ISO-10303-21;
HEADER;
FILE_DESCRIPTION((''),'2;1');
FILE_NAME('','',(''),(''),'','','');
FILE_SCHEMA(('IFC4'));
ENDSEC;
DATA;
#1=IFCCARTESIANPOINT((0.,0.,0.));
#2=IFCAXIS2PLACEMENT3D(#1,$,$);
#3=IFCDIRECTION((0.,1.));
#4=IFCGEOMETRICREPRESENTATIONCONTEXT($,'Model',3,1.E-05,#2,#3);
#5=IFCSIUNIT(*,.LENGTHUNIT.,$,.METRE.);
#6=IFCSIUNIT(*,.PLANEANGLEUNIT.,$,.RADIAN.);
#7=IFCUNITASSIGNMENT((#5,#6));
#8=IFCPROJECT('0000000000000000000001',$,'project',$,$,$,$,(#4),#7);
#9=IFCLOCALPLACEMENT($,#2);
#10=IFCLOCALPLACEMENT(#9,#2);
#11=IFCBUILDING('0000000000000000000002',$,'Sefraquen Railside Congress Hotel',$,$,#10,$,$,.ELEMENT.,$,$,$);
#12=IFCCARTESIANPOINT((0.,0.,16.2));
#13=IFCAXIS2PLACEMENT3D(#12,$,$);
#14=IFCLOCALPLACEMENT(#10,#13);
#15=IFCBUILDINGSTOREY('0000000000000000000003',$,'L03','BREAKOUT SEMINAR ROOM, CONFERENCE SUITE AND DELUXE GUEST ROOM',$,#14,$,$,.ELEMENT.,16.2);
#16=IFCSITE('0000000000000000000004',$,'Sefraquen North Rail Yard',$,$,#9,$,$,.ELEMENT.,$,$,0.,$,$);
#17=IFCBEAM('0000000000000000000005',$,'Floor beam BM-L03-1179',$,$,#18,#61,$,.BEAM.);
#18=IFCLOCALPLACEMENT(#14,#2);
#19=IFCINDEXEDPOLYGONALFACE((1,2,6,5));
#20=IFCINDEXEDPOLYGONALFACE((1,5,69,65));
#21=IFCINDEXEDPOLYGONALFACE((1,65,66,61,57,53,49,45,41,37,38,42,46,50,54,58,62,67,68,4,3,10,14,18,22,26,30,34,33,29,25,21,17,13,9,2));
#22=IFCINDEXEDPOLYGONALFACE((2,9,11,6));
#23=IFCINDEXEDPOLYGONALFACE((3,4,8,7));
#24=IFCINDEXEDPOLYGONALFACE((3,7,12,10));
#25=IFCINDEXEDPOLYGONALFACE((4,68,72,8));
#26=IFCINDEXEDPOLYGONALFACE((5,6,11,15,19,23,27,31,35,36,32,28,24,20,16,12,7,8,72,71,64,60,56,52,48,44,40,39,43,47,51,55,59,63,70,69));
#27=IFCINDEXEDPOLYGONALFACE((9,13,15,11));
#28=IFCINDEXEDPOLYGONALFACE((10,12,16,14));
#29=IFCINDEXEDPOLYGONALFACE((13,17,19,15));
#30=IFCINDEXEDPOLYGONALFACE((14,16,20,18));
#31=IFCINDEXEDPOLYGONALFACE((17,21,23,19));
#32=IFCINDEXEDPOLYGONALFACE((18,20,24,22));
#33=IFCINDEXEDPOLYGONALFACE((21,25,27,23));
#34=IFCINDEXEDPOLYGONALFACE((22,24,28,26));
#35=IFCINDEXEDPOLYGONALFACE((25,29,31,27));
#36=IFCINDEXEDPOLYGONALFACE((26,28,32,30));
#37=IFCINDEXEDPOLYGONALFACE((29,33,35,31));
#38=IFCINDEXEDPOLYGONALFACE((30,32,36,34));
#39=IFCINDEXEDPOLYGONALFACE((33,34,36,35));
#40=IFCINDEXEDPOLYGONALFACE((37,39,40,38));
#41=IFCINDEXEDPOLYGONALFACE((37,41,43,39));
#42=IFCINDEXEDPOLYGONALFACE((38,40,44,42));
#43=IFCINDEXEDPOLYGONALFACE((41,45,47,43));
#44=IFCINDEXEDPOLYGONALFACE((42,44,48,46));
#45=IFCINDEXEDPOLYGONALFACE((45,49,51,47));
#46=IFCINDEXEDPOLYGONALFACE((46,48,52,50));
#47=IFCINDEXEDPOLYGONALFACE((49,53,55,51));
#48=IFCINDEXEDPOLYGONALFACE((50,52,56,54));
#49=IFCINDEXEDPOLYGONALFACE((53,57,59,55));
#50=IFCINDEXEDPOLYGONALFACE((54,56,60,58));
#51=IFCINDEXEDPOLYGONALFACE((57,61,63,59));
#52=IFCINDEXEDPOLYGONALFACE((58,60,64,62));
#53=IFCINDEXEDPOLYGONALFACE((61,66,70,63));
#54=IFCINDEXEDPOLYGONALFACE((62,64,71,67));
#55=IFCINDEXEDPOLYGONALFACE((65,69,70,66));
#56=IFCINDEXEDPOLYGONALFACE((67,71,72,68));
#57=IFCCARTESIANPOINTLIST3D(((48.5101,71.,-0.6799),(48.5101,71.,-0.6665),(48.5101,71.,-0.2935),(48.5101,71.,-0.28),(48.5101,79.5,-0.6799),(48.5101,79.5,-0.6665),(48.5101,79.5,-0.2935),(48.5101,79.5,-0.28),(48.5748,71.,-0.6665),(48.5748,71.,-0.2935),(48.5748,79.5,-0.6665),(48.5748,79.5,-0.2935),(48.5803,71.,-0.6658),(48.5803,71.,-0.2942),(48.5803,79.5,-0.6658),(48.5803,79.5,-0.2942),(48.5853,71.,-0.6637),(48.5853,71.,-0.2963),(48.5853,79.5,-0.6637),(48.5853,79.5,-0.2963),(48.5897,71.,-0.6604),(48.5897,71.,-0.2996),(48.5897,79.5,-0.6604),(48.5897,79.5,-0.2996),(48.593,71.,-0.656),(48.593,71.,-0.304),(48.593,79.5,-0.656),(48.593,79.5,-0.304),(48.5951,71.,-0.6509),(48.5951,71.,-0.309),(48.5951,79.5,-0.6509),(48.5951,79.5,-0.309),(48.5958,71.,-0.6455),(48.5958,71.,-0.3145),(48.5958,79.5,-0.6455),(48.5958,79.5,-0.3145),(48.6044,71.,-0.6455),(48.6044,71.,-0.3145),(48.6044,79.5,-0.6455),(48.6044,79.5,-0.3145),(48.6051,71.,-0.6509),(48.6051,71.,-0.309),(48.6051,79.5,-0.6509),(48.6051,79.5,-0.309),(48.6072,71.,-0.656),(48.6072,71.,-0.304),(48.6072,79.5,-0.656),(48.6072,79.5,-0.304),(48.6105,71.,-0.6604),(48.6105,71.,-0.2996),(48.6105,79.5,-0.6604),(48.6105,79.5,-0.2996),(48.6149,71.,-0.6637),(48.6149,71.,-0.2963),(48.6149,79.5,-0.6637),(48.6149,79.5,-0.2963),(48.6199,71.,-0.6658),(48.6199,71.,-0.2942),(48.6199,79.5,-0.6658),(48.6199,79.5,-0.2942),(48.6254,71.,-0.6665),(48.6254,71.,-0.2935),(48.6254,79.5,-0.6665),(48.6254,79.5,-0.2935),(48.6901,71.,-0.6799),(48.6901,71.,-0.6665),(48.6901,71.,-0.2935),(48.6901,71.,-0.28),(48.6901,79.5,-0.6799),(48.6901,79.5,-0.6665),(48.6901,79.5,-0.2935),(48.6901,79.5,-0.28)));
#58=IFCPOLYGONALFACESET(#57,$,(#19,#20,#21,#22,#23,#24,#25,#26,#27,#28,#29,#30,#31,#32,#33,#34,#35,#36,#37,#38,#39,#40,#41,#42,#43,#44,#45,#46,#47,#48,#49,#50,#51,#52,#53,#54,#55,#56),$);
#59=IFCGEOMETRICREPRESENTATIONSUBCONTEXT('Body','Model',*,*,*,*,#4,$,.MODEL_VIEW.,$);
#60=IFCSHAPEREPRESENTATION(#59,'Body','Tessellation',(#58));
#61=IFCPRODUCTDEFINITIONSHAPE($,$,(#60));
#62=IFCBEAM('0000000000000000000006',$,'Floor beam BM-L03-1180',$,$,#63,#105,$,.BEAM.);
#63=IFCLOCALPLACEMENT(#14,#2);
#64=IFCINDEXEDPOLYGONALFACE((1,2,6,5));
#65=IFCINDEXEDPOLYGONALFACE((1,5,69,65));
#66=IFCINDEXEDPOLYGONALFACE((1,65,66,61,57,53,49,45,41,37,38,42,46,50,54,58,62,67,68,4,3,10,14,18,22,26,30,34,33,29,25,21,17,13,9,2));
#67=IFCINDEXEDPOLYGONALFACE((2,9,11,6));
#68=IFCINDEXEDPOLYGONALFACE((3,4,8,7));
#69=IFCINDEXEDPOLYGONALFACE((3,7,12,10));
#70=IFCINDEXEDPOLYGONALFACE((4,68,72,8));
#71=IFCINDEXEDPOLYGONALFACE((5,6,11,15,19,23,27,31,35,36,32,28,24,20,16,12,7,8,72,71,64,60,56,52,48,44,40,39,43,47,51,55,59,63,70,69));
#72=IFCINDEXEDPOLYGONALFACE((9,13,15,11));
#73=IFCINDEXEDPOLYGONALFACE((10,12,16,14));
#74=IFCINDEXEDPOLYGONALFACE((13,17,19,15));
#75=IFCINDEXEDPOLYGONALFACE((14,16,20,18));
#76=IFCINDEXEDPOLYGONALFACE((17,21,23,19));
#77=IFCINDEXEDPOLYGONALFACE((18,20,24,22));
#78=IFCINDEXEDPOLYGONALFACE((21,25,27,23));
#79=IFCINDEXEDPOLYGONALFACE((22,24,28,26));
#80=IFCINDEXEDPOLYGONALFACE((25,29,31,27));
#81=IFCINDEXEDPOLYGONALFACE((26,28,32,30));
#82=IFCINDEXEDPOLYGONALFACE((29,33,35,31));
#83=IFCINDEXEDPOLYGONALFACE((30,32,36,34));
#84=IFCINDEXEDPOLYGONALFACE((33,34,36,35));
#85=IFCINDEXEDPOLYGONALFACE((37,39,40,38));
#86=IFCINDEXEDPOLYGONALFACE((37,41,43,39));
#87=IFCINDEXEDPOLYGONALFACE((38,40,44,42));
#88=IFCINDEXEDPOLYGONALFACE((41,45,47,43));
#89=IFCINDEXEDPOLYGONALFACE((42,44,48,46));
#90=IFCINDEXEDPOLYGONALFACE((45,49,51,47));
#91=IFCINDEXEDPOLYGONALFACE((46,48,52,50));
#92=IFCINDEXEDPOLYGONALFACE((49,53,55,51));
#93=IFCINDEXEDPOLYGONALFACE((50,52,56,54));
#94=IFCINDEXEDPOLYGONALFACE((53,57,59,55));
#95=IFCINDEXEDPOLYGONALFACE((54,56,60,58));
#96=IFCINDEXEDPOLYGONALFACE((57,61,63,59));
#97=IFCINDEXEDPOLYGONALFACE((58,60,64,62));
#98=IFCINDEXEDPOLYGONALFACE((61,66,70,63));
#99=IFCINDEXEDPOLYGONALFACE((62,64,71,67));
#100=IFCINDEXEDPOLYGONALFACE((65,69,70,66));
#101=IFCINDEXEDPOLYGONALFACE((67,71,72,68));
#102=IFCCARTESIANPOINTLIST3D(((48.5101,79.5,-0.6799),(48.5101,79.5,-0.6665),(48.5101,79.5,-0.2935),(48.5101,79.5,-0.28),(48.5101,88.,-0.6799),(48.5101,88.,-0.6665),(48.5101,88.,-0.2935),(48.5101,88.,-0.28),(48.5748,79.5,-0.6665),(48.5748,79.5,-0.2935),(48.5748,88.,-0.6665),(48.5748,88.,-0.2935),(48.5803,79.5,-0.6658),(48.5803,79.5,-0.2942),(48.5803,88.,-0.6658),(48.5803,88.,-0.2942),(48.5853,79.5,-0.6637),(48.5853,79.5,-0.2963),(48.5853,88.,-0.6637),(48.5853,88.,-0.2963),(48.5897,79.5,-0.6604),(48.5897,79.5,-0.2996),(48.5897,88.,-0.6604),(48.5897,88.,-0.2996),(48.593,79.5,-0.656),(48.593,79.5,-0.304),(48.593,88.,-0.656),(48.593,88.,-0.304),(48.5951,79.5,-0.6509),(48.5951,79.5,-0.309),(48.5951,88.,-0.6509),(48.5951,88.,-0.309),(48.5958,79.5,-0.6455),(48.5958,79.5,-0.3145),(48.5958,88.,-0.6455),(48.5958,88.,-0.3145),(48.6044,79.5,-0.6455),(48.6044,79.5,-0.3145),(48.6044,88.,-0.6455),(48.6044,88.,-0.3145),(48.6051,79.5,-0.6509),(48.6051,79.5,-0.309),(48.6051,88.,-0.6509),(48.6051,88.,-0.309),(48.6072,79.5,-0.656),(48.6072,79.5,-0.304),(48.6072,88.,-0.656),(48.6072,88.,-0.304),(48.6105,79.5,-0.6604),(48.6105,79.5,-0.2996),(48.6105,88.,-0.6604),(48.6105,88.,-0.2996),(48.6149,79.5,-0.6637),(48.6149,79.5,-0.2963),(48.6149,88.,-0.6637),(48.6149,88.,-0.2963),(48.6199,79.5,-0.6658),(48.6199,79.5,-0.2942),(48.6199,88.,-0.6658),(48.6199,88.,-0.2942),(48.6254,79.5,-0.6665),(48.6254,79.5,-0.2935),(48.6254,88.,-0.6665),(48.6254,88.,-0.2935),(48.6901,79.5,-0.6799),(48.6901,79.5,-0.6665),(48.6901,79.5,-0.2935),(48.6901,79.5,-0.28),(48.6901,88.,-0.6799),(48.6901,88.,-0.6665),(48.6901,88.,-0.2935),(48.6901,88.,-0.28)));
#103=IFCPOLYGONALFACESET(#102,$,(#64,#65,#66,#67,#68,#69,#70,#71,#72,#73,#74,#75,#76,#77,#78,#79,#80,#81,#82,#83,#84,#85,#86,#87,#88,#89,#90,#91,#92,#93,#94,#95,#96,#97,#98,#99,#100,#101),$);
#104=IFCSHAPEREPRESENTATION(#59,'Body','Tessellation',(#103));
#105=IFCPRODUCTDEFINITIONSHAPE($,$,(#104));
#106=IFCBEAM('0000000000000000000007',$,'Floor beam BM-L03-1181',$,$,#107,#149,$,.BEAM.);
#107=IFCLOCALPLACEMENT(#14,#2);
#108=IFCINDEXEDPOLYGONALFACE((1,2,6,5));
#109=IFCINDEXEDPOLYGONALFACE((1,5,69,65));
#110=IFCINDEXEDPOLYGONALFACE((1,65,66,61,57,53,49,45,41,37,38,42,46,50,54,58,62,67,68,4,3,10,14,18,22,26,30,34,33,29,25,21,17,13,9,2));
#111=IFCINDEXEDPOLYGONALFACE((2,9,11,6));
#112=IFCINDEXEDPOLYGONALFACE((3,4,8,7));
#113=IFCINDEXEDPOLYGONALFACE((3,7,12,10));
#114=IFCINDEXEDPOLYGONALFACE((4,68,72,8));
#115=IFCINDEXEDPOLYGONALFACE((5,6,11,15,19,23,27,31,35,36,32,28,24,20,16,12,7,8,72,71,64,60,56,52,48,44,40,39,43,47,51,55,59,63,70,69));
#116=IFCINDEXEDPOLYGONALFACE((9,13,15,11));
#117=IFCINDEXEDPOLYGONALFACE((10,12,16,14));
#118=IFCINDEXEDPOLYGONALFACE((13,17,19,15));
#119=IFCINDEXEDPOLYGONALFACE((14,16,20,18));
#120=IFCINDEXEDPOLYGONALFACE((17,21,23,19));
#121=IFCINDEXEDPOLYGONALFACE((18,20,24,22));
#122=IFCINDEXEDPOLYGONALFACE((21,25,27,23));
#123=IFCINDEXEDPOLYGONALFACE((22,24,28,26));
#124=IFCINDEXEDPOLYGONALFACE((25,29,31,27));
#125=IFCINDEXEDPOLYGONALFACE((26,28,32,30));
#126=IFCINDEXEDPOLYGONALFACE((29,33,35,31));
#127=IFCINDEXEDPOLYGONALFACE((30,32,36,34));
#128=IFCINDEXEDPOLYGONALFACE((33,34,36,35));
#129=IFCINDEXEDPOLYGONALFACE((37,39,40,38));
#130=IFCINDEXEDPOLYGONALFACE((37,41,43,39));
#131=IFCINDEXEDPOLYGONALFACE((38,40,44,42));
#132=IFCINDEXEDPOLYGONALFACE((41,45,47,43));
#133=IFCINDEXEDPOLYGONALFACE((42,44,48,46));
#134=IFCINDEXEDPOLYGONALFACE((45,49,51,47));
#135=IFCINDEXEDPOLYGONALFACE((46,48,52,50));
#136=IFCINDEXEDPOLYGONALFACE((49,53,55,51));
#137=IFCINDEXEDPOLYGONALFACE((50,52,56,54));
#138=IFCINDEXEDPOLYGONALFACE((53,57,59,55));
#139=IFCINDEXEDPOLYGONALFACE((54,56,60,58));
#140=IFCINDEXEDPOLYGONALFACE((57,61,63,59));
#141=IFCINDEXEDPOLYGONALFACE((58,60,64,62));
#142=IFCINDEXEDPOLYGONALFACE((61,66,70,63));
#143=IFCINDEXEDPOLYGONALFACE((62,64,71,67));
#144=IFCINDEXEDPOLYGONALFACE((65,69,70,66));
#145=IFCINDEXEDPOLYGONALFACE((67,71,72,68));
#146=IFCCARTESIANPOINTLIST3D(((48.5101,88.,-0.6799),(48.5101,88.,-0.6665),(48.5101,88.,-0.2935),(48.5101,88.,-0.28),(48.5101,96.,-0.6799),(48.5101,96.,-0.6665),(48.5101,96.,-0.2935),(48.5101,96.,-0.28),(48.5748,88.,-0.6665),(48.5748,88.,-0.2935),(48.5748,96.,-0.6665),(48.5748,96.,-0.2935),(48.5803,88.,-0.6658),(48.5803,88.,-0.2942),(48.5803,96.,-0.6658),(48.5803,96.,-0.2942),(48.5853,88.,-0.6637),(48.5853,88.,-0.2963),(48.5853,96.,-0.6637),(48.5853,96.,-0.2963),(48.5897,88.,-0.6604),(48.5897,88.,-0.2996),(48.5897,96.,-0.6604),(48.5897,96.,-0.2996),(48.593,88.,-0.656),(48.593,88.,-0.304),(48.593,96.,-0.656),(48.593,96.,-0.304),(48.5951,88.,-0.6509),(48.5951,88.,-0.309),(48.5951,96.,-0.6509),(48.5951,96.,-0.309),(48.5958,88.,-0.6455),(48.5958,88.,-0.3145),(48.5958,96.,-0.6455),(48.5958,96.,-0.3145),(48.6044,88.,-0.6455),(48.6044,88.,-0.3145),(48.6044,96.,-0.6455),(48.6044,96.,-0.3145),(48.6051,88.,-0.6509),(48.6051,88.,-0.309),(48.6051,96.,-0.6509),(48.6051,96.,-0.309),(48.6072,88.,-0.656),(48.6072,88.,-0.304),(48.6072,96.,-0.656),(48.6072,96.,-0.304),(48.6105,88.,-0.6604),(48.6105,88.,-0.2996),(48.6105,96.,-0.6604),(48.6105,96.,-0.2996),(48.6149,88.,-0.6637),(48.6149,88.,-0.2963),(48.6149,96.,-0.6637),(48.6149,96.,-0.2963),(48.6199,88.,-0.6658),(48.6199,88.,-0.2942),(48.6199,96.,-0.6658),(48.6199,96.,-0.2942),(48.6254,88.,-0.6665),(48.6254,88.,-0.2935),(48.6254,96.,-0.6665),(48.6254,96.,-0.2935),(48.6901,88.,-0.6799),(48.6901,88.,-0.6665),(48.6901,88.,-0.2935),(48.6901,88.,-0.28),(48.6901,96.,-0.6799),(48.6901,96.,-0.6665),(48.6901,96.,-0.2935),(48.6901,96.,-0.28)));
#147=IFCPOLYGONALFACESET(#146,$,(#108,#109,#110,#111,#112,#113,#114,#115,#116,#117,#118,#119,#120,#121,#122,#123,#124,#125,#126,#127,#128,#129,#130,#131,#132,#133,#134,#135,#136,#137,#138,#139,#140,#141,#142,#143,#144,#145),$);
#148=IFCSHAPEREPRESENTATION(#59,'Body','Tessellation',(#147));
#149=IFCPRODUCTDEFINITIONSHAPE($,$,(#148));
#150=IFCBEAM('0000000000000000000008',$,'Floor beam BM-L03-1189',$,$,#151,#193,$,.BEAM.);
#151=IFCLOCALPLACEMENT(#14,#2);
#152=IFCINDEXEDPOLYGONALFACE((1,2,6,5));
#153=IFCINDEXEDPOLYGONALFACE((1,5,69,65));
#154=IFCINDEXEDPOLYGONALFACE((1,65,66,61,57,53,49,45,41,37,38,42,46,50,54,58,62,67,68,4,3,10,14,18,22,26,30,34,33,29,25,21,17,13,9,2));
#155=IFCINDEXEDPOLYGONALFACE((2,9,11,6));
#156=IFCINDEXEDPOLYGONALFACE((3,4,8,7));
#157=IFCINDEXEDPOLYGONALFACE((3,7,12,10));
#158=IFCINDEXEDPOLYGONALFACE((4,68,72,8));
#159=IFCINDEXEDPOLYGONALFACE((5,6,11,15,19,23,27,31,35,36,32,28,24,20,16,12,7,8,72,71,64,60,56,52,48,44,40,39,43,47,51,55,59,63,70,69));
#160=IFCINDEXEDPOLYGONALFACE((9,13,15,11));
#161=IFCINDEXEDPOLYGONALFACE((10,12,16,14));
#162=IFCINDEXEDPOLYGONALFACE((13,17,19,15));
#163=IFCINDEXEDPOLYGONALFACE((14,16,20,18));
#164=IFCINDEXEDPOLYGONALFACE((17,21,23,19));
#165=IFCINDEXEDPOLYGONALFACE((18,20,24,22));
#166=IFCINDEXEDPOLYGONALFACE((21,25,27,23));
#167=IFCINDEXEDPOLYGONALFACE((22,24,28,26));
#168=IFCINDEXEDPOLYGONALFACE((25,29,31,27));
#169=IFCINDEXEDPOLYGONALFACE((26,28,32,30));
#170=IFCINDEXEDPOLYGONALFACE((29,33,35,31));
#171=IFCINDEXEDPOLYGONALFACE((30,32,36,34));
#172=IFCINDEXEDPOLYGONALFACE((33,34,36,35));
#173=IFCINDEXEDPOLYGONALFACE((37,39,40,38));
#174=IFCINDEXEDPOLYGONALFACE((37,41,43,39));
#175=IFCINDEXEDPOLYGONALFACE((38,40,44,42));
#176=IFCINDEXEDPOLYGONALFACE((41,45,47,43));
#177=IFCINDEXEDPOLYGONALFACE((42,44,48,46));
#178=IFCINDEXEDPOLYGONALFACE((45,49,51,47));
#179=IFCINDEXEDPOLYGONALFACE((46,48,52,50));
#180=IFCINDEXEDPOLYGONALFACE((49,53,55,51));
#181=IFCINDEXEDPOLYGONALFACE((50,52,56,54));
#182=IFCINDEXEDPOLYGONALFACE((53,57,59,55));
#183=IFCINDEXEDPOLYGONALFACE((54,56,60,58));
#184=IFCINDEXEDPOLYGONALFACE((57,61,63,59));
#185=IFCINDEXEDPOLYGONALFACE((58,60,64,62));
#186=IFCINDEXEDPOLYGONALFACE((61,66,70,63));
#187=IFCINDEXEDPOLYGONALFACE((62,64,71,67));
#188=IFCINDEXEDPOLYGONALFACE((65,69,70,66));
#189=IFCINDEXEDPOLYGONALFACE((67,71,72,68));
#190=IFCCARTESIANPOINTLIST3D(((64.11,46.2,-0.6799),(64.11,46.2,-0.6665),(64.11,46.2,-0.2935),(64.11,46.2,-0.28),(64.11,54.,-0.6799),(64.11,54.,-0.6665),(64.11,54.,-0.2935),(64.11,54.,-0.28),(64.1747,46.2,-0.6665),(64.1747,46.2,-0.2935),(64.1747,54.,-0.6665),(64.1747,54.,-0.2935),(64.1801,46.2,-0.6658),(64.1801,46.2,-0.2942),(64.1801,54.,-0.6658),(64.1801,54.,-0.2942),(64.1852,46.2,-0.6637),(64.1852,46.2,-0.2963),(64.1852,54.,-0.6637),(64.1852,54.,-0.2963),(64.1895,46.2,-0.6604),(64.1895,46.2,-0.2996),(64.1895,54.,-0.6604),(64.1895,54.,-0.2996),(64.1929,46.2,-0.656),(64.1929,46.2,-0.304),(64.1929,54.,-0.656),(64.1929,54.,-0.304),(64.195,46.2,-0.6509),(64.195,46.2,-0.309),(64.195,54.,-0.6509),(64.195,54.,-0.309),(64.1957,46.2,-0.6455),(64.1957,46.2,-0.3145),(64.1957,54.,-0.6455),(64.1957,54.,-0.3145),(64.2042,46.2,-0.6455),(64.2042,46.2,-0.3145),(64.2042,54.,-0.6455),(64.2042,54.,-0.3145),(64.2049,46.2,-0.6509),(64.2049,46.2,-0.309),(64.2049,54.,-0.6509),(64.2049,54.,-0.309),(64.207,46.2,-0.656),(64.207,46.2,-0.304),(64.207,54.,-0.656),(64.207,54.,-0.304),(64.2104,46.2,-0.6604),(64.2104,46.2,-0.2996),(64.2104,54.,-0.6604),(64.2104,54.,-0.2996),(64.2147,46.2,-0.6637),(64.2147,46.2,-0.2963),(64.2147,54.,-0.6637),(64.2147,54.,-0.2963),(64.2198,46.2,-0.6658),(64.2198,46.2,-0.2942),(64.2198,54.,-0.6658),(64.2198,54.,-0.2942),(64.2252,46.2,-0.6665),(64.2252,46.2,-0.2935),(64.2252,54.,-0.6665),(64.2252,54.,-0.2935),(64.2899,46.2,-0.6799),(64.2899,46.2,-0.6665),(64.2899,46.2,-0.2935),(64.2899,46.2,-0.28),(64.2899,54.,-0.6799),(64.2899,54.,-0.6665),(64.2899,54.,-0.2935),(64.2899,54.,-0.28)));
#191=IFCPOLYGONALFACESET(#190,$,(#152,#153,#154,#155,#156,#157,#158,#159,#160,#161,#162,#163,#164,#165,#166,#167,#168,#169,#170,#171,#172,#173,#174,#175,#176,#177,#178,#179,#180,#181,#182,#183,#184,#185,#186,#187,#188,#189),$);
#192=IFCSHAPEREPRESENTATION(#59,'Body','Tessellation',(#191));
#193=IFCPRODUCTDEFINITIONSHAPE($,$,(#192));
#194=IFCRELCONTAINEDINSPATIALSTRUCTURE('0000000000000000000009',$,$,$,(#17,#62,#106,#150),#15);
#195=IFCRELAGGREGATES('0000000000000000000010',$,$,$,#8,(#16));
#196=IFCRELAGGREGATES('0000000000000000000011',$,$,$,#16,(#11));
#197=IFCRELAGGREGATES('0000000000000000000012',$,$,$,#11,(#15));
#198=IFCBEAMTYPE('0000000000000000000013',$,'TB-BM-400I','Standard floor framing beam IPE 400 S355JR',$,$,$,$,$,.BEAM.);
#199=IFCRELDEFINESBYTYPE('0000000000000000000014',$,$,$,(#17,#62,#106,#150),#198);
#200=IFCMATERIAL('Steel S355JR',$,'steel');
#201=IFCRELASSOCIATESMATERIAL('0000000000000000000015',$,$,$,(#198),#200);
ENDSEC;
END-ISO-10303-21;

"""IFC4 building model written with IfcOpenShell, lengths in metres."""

from ifc_helpers import new_model, si_unit, direction, frame, origin, origin_2d, place, context, subcontext, project, spatial, i_section, extrude, material, material_profile, profile_set, type_object, element, save


model = new_model("IFC4")

# Units and contexts
model_context = context("Model", 3, precision=1e-05, world=origin(), true_north=direction((0.0, 1.0)))
body_context = subcontext(model_context, "Body", "Model", "MODEL_VIEW")
ifc_project = project(units=[si_unit("LENGTHUNIT", "METRE"), si_unit("PLANEANGLEUNIT", "RADIAN")], contexts=[model_context])

# Site, building, storey
site_placement = place(None, origin())
site = spatial("IfcSite", under=ifc_project, at=site_placement, Name="Sefraquen North Rail Yard", CompositionType="ELEMENT", RefElevation=0.0)
building_placement = place(site_placement, origin())
building = spatial("IfcBuilding", under=site, at=building_placement, Name="Sefraquen Railside Congress Hotel", CompositionType="ELEMENT")
storey_placement = place(building_placement, frame((0.0, 0.0, 16.2)))
storey = spatial("IfcBuildingStorey", under=building, at=storey_placement, Name="L03", Description="BREAKOUT SEMINAR ROOM, CONFERENCE SUITE AND DELUXE GUEST ROOM", CompositionType="ELEMENT", Elevation=16.2)

# Shared definitions
ifc_material_1 = material(Name="Steel S355JR", Category="steel")

# Beams
ifc_material_profile_1 = material_profile(ifc_material_1, i_section(OverallWidth=0.1799, OverallDepth=0.3999, WebThickness=0.0085, FlangeThickness=0.0134, FilletRadius=0.021, at=origin_2d()), Name="IPE 400")
ifc_profile_set_1 = profile_set([ifc_material_profile_1], Name="Steel S355JR")
beam_type_1 = type_object("IfcBeamType", Name="TB-BM-400I", Description="Standard floor framing beam IPE 400 S355JR", PredefinedType="BEAM", material=ifc_profile_set_1)
for number, where, z_axis, x_axis, name in (
    (1, (48.6001, 71.0, -0.48), (0.0, 1.0, 0.0), (-1.0, 0.0, 0.0), "Floor beam BM-L03-1179"),
    (2, (48.6001, 79.5, -0.48), (0.0, 1.0, 0.0), (-1.0, 0.0, 0.0), "Floor beam BM-L03-1180"),
):
    element("IfcBeam", number, at=place(storey_placement, frame(where, z_axis=z_axis, x_axis=x_axis)), inside=storey, type_object=beam_type_1, Name=name, PredefinedType="BEAM", context=body_context, shape_type="SweptSolid", body=[
        extrude(i_section(OverallWidth=0.1799, OverallDepth=0.3999, WebThickness=0.0085, FlangeThickness=0.0134, FilletRadius=0.021, at=origin_2d()), origin(), (0.0, 0.0, 1.0), 8.5),
    ])
beam_1_placement = place(storey_placement, frame((48.6001, 88.0, -0.48), z_axis=(0.0, 1.0, 0.0), x_axis=(-1.0, 0.0, 0.0)))
element("IfcBeam", 3, at=beam_1_placement, inside=storey, type_object=beam_type_1, Name="Floor beam BM-L03-1181", PredefinedType="BEAM", context=body_context, shape_type="SweptSolid", body=[
    extrude(i_section(OverallWidth=0.1799, OverallDepth=0.3999, WebThickness=0.0085, FlangeThickness=0.0134, FilletRadius=0.021, at=origin_2d()), origin(), (0.0, 0.0, 1.0), 8.0),
])
beam_2_placement = place(storey_placement, frame((64.2, 46.2, -0.48), z_axis=(0.0, 1.0, 0.0), x_axis=(-1.0, 0.0, 0.0)))
element("IfcBeam", 4, at=beam_2_placement, inside=storey, type_object=beam_type_1, Name="Floor beam BM-L03-1189", PredefinedType="BEAM", context=body_context, shape_type="SweptSolid", body=[
    extrude(i_section(OverallWidth=0.1799, OverallDepth=0.3999, WebThickness=0.0085, FlangeThickness=0.0134, FilletRadius=0.021, at=origin_2d()), origin(), (0.0, 0.0, 1.0), 7.8),
])

save(model, "model.ifc")
